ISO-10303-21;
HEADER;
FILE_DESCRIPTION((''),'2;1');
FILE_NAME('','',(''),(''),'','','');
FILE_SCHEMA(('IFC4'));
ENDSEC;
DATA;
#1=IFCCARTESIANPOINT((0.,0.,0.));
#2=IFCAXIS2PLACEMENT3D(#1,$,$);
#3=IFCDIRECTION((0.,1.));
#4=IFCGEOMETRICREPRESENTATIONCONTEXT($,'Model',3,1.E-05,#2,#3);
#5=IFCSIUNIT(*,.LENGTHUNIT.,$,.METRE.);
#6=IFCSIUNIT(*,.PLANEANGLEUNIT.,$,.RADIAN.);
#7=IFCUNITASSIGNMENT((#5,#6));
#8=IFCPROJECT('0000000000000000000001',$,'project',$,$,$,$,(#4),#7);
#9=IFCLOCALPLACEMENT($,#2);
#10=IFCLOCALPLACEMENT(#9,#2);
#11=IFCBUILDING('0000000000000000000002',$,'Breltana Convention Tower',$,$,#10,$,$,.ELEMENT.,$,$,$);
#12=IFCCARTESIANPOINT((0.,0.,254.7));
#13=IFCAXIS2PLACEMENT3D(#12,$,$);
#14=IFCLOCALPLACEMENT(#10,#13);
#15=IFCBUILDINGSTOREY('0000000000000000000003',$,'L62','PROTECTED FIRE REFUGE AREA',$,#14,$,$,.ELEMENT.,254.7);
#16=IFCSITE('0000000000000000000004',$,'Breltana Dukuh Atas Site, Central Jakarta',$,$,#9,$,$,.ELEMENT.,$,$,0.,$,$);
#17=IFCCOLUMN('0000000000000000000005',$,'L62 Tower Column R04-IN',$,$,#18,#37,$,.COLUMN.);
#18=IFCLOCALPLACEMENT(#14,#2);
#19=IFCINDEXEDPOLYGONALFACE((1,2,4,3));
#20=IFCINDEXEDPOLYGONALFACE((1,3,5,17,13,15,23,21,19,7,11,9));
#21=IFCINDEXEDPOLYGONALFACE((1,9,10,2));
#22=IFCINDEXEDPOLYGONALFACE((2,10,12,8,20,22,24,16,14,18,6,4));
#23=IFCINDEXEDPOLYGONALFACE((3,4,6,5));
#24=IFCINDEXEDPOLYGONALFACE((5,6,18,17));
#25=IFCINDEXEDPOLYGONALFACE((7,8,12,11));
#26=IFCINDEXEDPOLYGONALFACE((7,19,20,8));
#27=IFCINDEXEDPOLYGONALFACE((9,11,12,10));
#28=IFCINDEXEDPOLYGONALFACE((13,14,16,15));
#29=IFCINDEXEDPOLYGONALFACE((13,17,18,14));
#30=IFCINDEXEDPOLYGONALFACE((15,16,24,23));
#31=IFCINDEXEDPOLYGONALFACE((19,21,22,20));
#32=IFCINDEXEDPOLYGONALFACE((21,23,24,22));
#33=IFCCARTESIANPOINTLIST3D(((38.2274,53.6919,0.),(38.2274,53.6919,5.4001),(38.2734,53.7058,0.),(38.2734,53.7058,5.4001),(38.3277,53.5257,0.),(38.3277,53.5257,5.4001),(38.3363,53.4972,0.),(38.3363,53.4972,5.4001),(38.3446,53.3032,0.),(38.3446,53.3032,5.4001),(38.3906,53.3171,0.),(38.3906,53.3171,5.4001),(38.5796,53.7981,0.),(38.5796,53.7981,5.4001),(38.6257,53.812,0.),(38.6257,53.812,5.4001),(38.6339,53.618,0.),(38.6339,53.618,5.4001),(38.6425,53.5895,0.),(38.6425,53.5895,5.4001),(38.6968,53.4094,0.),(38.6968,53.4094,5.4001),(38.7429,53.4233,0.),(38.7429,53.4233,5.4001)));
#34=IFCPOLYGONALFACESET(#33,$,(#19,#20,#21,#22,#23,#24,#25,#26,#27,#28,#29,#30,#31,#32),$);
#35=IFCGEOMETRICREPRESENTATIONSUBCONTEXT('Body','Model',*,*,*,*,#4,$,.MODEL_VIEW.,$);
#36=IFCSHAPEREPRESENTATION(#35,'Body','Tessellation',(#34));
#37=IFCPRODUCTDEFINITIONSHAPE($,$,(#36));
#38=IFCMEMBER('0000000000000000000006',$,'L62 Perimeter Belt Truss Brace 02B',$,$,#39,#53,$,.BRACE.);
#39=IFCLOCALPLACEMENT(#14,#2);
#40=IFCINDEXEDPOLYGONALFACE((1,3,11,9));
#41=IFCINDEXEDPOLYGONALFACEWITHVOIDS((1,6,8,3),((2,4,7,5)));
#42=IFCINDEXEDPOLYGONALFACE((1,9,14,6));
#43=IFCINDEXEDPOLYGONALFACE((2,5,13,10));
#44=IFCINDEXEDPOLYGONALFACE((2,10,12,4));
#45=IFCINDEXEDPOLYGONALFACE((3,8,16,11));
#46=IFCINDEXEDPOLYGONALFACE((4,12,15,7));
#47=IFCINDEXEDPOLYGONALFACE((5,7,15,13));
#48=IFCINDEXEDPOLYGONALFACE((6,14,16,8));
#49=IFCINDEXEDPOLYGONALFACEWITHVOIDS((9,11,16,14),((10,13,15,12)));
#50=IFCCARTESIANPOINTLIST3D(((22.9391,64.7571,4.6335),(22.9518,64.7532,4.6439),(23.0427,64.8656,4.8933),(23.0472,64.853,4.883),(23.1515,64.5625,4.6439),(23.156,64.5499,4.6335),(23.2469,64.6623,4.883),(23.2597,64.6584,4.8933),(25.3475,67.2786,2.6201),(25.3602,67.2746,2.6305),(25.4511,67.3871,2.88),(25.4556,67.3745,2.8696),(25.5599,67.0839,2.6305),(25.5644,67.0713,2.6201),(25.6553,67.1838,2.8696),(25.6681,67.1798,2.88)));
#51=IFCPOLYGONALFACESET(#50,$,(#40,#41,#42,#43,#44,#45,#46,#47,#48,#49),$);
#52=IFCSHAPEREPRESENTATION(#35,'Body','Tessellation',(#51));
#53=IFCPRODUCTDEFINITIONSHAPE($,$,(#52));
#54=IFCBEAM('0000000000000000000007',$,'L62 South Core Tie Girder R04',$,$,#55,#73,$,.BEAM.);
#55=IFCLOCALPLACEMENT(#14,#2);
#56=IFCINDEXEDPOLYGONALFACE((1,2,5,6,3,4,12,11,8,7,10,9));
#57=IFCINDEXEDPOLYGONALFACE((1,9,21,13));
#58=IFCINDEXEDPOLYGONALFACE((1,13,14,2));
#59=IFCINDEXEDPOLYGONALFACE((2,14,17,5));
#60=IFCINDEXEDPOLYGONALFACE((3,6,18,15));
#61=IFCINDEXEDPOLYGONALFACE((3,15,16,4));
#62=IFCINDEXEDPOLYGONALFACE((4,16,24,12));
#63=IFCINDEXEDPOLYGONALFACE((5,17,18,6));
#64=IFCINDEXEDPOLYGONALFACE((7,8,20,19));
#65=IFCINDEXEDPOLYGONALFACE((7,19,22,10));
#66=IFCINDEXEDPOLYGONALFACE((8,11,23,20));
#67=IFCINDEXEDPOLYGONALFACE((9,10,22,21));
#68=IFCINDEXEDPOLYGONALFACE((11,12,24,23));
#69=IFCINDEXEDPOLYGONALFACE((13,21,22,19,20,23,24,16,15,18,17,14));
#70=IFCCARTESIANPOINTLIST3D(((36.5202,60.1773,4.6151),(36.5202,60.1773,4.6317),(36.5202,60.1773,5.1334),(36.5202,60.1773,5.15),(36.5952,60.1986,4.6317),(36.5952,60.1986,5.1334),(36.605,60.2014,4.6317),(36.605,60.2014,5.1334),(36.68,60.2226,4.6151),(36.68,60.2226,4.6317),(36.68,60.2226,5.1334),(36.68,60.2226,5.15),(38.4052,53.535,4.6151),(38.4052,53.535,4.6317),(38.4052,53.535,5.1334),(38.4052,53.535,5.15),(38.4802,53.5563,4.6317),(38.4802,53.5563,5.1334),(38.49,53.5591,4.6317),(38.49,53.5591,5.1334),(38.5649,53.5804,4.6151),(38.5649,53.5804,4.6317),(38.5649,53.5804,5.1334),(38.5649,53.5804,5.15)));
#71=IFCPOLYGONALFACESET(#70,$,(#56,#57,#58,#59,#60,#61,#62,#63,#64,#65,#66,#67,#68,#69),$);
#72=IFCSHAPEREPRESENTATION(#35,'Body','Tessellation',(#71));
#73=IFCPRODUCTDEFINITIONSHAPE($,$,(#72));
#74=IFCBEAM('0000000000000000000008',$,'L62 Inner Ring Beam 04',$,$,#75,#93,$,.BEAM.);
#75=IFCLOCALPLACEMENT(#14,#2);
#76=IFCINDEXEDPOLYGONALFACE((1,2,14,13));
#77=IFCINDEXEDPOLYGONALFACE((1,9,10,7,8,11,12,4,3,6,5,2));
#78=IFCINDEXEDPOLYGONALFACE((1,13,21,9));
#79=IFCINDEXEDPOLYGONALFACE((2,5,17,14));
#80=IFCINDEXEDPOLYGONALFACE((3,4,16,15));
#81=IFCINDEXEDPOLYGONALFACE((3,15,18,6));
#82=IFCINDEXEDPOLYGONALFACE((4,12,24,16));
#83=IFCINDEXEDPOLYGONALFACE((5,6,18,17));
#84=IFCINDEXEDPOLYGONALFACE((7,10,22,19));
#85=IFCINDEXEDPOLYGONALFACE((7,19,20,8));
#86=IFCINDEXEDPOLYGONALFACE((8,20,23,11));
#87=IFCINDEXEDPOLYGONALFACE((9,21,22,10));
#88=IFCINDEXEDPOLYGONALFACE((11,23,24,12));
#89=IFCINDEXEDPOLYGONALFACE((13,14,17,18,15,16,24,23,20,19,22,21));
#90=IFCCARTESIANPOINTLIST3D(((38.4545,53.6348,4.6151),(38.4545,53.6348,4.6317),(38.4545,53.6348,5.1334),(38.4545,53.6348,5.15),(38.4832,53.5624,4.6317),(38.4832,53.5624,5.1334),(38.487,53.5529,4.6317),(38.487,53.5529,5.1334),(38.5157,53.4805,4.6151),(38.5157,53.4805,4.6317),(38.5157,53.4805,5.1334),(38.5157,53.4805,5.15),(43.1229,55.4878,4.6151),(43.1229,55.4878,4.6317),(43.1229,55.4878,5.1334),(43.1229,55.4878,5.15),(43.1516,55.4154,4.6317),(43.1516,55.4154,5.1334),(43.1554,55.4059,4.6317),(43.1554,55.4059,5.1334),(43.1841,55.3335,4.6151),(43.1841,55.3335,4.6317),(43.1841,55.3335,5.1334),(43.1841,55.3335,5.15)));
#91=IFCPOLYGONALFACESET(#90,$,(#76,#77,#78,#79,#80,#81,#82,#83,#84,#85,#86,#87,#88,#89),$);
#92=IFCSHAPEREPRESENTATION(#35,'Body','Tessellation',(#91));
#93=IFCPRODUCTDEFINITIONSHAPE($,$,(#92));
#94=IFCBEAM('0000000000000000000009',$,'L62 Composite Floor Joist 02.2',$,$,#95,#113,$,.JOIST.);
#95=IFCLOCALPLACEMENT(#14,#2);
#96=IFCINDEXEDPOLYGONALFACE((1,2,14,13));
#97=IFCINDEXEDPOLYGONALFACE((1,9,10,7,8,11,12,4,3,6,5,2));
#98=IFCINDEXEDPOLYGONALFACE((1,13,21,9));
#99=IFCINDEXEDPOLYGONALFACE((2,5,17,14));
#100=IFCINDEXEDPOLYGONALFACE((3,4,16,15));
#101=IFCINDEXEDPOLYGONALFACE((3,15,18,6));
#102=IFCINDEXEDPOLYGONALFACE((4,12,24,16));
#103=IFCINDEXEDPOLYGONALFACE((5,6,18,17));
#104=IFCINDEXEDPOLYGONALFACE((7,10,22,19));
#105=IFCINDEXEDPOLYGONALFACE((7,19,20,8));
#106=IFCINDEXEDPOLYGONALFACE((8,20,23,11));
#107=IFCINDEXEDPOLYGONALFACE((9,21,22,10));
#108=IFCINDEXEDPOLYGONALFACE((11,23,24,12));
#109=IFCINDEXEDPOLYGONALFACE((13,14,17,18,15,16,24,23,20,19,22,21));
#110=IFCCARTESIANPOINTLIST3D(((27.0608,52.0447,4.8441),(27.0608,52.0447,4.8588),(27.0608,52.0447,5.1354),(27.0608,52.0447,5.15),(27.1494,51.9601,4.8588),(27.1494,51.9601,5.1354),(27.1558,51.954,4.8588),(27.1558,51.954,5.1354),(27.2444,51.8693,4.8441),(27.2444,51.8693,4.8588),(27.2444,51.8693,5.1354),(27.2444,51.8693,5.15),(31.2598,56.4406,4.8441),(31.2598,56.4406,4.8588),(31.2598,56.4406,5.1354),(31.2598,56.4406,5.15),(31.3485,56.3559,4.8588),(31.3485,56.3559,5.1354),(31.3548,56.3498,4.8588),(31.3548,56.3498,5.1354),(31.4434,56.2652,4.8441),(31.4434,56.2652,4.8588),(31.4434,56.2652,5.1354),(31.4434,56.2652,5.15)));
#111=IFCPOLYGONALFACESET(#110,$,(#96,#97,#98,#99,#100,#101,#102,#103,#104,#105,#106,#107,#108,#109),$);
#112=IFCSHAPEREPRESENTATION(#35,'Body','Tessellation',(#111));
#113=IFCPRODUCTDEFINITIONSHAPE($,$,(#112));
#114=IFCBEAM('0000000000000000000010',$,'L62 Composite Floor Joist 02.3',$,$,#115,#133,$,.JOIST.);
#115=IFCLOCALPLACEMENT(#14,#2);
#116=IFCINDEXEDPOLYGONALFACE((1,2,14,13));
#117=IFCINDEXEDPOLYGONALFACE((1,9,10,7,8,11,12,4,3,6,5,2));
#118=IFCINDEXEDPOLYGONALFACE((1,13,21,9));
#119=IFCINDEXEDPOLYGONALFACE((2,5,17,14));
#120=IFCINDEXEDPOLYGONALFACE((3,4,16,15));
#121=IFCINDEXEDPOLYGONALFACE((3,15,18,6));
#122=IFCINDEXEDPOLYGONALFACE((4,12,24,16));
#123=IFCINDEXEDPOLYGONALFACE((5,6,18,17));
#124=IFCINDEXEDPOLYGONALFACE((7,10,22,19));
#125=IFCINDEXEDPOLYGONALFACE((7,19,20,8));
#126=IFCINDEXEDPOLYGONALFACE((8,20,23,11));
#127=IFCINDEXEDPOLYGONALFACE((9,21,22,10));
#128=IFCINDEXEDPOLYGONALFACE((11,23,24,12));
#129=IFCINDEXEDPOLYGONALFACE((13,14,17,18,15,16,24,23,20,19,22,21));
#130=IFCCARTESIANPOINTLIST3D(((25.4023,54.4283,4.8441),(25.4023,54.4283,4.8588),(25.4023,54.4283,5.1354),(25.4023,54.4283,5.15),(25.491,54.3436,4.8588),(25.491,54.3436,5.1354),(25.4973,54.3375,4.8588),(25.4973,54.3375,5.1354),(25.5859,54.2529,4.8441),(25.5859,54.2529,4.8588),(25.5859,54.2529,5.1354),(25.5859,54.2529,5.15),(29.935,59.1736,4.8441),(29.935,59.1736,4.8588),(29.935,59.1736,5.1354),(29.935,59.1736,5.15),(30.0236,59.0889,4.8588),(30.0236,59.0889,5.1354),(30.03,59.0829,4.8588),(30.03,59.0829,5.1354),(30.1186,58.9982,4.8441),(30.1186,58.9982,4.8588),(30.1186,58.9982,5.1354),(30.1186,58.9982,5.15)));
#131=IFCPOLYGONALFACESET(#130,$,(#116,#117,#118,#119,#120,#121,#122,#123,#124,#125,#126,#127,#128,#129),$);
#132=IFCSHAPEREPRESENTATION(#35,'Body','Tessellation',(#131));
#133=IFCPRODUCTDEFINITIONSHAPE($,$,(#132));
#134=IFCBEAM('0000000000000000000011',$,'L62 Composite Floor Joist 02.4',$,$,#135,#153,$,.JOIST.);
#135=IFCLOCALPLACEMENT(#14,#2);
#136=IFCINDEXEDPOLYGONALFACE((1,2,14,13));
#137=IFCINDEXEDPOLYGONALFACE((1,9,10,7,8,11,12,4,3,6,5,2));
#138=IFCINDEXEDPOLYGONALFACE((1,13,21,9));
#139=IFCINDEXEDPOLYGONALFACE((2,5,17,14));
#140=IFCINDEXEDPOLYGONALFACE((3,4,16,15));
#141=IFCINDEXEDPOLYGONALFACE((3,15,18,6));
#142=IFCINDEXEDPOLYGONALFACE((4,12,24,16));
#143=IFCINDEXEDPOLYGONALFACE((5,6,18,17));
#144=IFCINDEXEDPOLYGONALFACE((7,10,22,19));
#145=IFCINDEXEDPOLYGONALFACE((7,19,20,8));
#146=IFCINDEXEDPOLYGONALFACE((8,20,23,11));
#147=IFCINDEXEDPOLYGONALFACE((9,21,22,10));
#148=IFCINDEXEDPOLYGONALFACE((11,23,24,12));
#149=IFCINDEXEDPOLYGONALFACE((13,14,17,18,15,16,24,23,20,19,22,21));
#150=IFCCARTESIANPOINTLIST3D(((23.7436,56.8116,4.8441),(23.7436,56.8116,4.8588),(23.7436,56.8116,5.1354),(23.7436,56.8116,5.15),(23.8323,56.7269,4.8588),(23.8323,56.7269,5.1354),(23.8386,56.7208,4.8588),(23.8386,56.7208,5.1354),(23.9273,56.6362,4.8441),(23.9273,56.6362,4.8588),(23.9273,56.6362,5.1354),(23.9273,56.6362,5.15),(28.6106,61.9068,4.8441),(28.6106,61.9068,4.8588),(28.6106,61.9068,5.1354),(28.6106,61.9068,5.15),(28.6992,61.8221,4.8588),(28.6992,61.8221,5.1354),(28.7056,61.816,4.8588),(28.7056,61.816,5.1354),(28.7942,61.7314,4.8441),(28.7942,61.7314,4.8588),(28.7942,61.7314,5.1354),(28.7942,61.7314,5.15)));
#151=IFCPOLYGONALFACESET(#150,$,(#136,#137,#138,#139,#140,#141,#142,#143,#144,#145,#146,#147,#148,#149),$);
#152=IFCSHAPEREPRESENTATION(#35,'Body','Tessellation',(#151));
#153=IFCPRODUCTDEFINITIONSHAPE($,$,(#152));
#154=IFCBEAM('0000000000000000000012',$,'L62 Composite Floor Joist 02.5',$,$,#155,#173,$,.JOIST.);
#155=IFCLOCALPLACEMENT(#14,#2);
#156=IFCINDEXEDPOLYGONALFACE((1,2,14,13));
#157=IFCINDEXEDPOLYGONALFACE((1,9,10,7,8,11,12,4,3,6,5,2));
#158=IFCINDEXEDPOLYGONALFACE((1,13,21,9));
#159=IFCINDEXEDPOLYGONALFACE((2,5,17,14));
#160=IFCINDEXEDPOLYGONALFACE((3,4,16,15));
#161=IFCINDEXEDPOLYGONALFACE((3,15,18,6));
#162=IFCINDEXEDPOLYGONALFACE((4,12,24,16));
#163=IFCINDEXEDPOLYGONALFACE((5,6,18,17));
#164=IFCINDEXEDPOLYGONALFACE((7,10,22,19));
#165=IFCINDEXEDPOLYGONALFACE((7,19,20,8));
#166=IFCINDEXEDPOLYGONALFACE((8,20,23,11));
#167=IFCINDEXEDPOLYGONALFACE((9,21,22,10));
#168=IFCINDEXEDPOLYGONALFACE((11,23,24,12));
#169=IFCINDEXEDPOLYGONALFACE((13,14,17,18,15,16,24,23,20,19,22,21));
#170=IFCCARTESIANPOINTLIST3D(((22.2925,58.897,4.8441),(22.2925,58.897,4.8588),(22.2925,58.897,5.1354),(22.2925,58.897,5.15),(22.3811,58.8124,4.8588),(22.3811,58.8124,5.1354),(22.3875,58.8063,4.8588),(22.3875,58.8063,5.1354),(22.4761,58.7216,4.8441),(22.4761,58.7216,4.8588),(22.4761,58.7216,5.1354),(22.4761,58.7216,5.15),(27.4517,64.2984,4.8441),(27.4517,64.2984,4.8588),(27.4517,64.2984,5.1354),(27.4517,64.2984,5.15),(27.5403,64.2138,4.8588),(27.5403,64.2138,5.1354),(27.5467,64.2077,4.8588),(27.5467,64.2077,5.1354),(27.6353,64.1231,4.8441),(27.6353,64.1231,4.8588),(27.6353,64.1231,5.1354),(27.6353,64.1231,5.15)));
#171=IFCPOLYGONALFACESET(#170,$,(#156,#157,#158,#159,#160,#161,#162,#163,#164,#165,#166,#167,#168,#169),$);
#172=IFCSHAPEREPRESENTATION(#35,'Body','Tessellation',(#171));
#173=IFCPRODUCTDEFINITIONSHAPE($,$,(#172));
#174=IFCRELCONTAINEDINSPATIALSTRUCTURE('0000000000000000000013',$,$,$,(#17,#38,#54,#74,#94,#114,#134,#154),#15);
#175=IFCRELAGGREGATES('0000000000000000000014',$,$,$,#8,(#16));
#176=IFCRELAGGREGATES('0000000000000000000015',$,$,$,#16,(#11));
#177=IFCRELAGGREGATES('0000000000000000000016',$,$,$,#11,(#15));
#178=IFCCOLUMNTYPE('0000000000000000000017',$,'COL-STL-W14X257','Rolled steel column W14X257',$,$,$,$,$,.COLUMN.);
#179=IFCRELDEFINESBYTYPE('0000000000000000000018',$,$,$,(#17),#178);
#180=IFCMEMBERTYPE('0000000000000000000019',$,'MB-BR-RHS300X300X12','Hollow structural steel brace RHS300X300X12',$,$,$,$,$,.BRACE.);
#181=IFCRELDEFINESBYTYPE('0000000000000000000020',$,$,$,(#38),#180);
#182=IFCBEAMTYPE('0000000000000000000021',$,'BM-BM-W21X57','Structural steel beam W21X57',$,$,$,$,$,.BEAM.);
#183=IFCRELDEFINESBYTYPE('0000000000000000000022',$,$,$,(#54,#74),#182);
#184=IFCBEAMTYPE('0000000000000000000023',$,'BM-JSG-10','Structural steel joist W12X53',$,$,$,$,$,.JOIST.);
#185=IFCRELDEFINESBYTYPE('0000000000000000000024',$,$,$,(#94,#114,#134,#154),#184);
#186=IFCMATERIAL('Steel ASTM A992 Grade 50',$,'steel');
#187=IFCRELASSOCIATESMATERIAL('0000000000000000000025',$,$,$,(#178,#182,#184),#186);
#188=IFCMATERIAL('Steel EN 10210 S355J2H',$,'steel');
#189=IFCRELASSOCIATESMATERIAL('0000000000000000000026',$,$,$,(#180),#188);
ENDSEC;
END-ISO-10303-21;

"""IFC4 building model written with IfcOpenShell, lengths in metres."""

from ifc_helpers import new_model, si_unit, direction, frame, origin, origin_2d, place, context, subcontext, project, spatial, hollow_rectangle, i_section, extrude, source, transform, mapped, material, material_profile, profile_set, type_object, type_shapes, element, save


model = new_model("IFC4")

# Units and contexts
model_context = context("Model", 3, precision=1e-05, world=origin(), true_north=direction((0.0, 1.0)))
body_context = subcontext(model_context, "Body", "Model", "MODEL_VIEW")
ifc_project = project(units=[si_unit("LENGTHUNIT", "METRE"), si_unit("PLANEANGLEUNIT", "RADIAN")], contexts=[model_context])

# Site, building, storey
site_placement = place(None, origin())
site = spatial("IfcSite", under=ifc_project, at=site_placement, Name="Breltana Dukuh Atas Site, Central Jakarta", CompositionType="ELEMENT", RefElevation=0.0)
building_placement = place(site_placement, origin())
building = spatial("IfcBuilding", under=site, at=building_placement, Name="Breltana Convention Tower", CompositionType="ELEMENT")
storey_placement = place(building_placement, frame((0.0, 0.0, 254.7)))
storey = spatial("IfcBuildingStorey", under=building, at=storey_placement, Name="L62", Description="PROTECTED FIRE REFUGE AREA", CompositionType="ELEMENT", Elevation=254.7)

# Column
ifc_material_1 = material(Name="Steel ASTM A992 Grade 50", Category="steel")
ifc_material_profile_1 = material_profile(ifc_material_1, i_section(OverallWidth=0.406, OverallDepth=0.416, WebThickness=0.0298, FlangeThickness=0.0481, at=origin_2d()), Name="W14X257")
ifc_profile_set_1 = profile_set([ifc_material_profile_1], Name="Steel ASTM A992 Grade 50")
column_type = type_object("IfcColumnType", Name="COL-STL-W14X257", Description="Rolled steel column W14X257", PredefinedType="COLUMN", material=ifc_profile_set_1)
shared_shape_1 = source(origin(), body_context, "Body", "SweptSolid", [
    extrude(i_section(OverallWidth=0.406, OverallDepth=0.416, WebThickness=0.0298, FlangeThickness=0.0481, at=origin_2d()), origin(), (0.0, 0.0, 1.0), 5.4001),
])
column_placement = place(storey_placement, frame((38.4851, 53.5576, 0.0), z_axis=(0.0, 0.0, 1.0), x_axis=(-0.288698, 0.95742, 0.0)))
element("IfcColumn", 1, at=column_placement, inside=storey, type_object=column_type, Name="L62 Tower Column R04-IN", PredefinedType="COLUMN", context=body_context, shape_type="MappedRepresentation", body=[
    mapped(shared_shape_1, transform((0.0, 0.0, 0.0), scale=1.0)),
])

# Member
ifc_material_2 = material(Name="Steel EN 10210 S355J2H", Category="steel")
ifc_material_profile_2 = material_profile(ifc_material_2, hollow_rectangle(XDim=0.3, YDim=0.3, WallThickness=0.012, at=origin_2d()), Name="RHS300X300X12")
ifc_profile_set_2 = profile_set([ifc_material_profile_2], Name="Steel EN 10210 S355J2H")
member_type = type_object("IfcMemberType", Name="MB-BR-RHS300X300X12", Description="Hollow structural steel brace RHS300X300X12", PredefinedType="BRACE", material=ifc_profile_set_2)
shared_shape_2 = source(origin(), body_context, "Body", "SweptSolid", [
    extrude(hollow_rectangle(XDim=0.3, YDim=0.3, WallThickness=0.012, at=origin_2d()), origin(), (0.0, 0.0, 1.0), 4.0264),
])
member_placement = place(storey_placement, frame((23.0994, 64.7078, 4.7634), z_axis=(0.598155, 0.626228, -0.500049), x_axis=(-0.72313, 0.690712, 0.0)))
element("IfcMember", 2, at=member_placement, inside=storey, type_object=member_type, Name="L62 Perimeter Belt Truss Brace 02B", PredefinedType="BRACE", context=body_context, shape_type="MappedRepresentation", body=[
    mapped(shared_shape_2, transform((0.0, 0.0, 0.0), scale=1.0)),
])

# Beams
ifc_material_profile_3 = material_profile(ifc_material_1, i_section(OverallWidth=0.166, OverallDepth=0.5349, WebThickness=0.0103, FlangeThickness=0.0166, at=origin_2d()), Name="W21X57")
ifc_profile_set_3 = profile_set([ifc_material_profile_3], Name="Steel ASTM A992 Grade 50")
beam_type_1 = type_object("IfcBeamType", Name="BM-BM-W21X57", Description="Structural steel beam W21X57", PredefinedType="BEAM", material=ifc_profile_set_3)
shared_shape_3 = source(origin(), body_context, "Body", "SweptSolid", [
    extrude(i_section(OverallWidth=0.166, OverallDepth=0.5349, WebThickness=0.0103, FlangeThickness=0.0166, at=origin_2d()), origin(), (0.0, 0.0, 1.0), 6.9045),
])
type_shapes(beam_type_1, [shared_shape_3])
beam_1_placement = place(storey_placement, frame((36.6001, 60.2, 4.8826), z_axis=(0.273007, -0.962012, 0.0), x_axis=(0.962012, 0.273007, 0.0)))
element("IfcBeam", 3, at=beam_1_placement, inside=storey, type_object=beam_type_1, Name="L62 South Core Tie Girder R04", PredefinedType="BEAM", context=body_context, shape_type="MappedRepresentation", body=[
    mapped(shared_shape_3, transform((0.0, 0.0, 0.0), scale=1.0)),
])
shared_shape_4 = source(origin(), body_context, "Body", "SweptSolid", [
    extrude(i_section(OverallWidth=0.166, OverallDepth=0.5349, WebThickness=0.0103, FlangeThickness=0.0166, at=origin_2d()), origin(), (0.0, 0.0, 1.0), 5.0227),
])
beam_2_placement = place(storey_placement, frame((38.4851, 53.5576, 4.8826), z_axis=(0.929459, 0.368926, 0.0), x_axis=(-0.368926, 0.929459, 0.0)))
element("IfcBeam", 4, at=beam_2_placement, inside=storey, type_object=beam_type_1, Name="L62 Inner Ring Beam 04", PredefinedType="BEAM", context=body_context, shape_type="MappedRepresentation", body=[
    mapped(shared_shape_4, transform((0.0, 0.0, 0.0), scale=1.0)),
])
ifc_material_profile_4 = material_profile(ifc_material_1, i_section(OverallWidth=0.2539, OverallDepth=0.3059, WebThickness=0.0088, FlangeThickness=0.0146, at=origin_2d()), Name="W12X53")
ifc_profile_set_4 = profile_set([ifc_material_profile_4], Name="Steel ASTM A992 Grade 50")
beam_type_2 = type_object("IfcBeamType", Name="BM-JSG-10", Description="Structural steel joist W12X53", PredefinedType="JOIST", material=ifc_profile_set_4)
shared_shape_5 = source(origin(), body_context, "Body", "SweptSolid", [
    extrude(i_section(OverallWidth=0.2539, OverallDepth=0.3059, WebThickness=0.0088, FlangeThickness=0.0146, at=origin_2d()), origin(), (0.0, 0.0, 1.0), 6.0791),
])
beam_3_placement = place(storey_placement, frame((27.1526, 51.957, 4.9971), z_axis=(0.690736, 0.723107, 0.0), x_axis=(-0.723107, 0.690736, 0.0)))
element("IfcBeam", 5, at=beam_3_placement, inside=storey, type_object=beam_type_2, Name="L62 Composite Floor Joist 02.2", PredefinedType="JOIST", context=body_context, shape_type="MappedRepresentation", body=[
    mapped(shared_shape_5, transform((0.0, 0.0, 0.0), scale=1.0)),
])
shared_shape_6 = source(origin(), body_context, "Body", "SweptSolid", [
    extrude(i_section(OverallWidth=0.2539, OverallDepth=0.3059, WebThickness=0.0088, FlangeThickness=0.0146, at=origin_2d()), origin(), (0.0, 0.0, 1.0), 6.5623),
])
beam_4_placement = place(storey_placement, frame((25.4941, 54.3406, 4.9971), z_axis=(0.690719, 0.723123, 0.0), x_axis=(-0.723123, 0.690719, 0.0)))
element("IfcBeam", 6, at=beam_4_placement, inside=storey, type_object=beam_type_2, Name="L62 Composite Floor Joist 02.3", PredefinedType="JOIST", context=body_context, shape_type="MappedRepresentation", body=[
    mapped(shared_shape_6, transform((0.0, 0.0, 0.0), scale=1.0)),
])
shared_shape_7 = source(origin(), body_context, "Body", "SweptSolid", [
    extrude(i_section(OverallWidth=0.2539, OverallDepth=0.3059, WebThickness=0.0088, FlangeThickness=0.0146, at=origin_2d()), origin(), (0.0, 0.0, 1.0), 7.0461),
])
beam_5_placement = place(storey_placement, frame((23.8354, 56.7239, 4.9971), z_axis=(0.690723, 0.72312, 0.0), x_axis=(-0.72312, 0.690723, 0.0)))
element("IfcBeam", 7, at=beam_5_placement, inside=storey, type_object=beam_type_2, Name="L62 Composite Floor Joist 02.4", PredefinedType="JOIST", context=body_context, shape_type="MappedRepresentation", body=[
    mapped(shared_shape_7, transform((0.0, 0.0, 0.0), scale=1.0)),
])
shared_shape_8 = source(origin(), body_context, "Body", "SweptSolid", [
    extrude(i_section(OverallWidth=0.2539, OverallDepth=0.3059, WebThickness=0.0088, FlangeThickness=0.0146, at=origin_2d()), origin(), (0.0, 0.0, 1.0), 7.4695),
])
beam_6_placement = place(storey_placement, frame((22.3843, 58.8093, 4.9971), z_axis=(0.690709, 0.723133, 0.0), x_axis=(-0.723133, 0.690709, 0.0)))
element("IfcBeam", 8, at=beam_6_placement, inside=storey, type_object=beam_type_2, Name="L62 Composite Floor Joist 02.5", PredefinedType="JOIST", context=body_context, shape_type="MappedRepresentation", body=[
    mapped(shared_shape_8, transform((0.0, 0.0, 0.0), scale=1.0)),
])

save(model, "model.ifc")
